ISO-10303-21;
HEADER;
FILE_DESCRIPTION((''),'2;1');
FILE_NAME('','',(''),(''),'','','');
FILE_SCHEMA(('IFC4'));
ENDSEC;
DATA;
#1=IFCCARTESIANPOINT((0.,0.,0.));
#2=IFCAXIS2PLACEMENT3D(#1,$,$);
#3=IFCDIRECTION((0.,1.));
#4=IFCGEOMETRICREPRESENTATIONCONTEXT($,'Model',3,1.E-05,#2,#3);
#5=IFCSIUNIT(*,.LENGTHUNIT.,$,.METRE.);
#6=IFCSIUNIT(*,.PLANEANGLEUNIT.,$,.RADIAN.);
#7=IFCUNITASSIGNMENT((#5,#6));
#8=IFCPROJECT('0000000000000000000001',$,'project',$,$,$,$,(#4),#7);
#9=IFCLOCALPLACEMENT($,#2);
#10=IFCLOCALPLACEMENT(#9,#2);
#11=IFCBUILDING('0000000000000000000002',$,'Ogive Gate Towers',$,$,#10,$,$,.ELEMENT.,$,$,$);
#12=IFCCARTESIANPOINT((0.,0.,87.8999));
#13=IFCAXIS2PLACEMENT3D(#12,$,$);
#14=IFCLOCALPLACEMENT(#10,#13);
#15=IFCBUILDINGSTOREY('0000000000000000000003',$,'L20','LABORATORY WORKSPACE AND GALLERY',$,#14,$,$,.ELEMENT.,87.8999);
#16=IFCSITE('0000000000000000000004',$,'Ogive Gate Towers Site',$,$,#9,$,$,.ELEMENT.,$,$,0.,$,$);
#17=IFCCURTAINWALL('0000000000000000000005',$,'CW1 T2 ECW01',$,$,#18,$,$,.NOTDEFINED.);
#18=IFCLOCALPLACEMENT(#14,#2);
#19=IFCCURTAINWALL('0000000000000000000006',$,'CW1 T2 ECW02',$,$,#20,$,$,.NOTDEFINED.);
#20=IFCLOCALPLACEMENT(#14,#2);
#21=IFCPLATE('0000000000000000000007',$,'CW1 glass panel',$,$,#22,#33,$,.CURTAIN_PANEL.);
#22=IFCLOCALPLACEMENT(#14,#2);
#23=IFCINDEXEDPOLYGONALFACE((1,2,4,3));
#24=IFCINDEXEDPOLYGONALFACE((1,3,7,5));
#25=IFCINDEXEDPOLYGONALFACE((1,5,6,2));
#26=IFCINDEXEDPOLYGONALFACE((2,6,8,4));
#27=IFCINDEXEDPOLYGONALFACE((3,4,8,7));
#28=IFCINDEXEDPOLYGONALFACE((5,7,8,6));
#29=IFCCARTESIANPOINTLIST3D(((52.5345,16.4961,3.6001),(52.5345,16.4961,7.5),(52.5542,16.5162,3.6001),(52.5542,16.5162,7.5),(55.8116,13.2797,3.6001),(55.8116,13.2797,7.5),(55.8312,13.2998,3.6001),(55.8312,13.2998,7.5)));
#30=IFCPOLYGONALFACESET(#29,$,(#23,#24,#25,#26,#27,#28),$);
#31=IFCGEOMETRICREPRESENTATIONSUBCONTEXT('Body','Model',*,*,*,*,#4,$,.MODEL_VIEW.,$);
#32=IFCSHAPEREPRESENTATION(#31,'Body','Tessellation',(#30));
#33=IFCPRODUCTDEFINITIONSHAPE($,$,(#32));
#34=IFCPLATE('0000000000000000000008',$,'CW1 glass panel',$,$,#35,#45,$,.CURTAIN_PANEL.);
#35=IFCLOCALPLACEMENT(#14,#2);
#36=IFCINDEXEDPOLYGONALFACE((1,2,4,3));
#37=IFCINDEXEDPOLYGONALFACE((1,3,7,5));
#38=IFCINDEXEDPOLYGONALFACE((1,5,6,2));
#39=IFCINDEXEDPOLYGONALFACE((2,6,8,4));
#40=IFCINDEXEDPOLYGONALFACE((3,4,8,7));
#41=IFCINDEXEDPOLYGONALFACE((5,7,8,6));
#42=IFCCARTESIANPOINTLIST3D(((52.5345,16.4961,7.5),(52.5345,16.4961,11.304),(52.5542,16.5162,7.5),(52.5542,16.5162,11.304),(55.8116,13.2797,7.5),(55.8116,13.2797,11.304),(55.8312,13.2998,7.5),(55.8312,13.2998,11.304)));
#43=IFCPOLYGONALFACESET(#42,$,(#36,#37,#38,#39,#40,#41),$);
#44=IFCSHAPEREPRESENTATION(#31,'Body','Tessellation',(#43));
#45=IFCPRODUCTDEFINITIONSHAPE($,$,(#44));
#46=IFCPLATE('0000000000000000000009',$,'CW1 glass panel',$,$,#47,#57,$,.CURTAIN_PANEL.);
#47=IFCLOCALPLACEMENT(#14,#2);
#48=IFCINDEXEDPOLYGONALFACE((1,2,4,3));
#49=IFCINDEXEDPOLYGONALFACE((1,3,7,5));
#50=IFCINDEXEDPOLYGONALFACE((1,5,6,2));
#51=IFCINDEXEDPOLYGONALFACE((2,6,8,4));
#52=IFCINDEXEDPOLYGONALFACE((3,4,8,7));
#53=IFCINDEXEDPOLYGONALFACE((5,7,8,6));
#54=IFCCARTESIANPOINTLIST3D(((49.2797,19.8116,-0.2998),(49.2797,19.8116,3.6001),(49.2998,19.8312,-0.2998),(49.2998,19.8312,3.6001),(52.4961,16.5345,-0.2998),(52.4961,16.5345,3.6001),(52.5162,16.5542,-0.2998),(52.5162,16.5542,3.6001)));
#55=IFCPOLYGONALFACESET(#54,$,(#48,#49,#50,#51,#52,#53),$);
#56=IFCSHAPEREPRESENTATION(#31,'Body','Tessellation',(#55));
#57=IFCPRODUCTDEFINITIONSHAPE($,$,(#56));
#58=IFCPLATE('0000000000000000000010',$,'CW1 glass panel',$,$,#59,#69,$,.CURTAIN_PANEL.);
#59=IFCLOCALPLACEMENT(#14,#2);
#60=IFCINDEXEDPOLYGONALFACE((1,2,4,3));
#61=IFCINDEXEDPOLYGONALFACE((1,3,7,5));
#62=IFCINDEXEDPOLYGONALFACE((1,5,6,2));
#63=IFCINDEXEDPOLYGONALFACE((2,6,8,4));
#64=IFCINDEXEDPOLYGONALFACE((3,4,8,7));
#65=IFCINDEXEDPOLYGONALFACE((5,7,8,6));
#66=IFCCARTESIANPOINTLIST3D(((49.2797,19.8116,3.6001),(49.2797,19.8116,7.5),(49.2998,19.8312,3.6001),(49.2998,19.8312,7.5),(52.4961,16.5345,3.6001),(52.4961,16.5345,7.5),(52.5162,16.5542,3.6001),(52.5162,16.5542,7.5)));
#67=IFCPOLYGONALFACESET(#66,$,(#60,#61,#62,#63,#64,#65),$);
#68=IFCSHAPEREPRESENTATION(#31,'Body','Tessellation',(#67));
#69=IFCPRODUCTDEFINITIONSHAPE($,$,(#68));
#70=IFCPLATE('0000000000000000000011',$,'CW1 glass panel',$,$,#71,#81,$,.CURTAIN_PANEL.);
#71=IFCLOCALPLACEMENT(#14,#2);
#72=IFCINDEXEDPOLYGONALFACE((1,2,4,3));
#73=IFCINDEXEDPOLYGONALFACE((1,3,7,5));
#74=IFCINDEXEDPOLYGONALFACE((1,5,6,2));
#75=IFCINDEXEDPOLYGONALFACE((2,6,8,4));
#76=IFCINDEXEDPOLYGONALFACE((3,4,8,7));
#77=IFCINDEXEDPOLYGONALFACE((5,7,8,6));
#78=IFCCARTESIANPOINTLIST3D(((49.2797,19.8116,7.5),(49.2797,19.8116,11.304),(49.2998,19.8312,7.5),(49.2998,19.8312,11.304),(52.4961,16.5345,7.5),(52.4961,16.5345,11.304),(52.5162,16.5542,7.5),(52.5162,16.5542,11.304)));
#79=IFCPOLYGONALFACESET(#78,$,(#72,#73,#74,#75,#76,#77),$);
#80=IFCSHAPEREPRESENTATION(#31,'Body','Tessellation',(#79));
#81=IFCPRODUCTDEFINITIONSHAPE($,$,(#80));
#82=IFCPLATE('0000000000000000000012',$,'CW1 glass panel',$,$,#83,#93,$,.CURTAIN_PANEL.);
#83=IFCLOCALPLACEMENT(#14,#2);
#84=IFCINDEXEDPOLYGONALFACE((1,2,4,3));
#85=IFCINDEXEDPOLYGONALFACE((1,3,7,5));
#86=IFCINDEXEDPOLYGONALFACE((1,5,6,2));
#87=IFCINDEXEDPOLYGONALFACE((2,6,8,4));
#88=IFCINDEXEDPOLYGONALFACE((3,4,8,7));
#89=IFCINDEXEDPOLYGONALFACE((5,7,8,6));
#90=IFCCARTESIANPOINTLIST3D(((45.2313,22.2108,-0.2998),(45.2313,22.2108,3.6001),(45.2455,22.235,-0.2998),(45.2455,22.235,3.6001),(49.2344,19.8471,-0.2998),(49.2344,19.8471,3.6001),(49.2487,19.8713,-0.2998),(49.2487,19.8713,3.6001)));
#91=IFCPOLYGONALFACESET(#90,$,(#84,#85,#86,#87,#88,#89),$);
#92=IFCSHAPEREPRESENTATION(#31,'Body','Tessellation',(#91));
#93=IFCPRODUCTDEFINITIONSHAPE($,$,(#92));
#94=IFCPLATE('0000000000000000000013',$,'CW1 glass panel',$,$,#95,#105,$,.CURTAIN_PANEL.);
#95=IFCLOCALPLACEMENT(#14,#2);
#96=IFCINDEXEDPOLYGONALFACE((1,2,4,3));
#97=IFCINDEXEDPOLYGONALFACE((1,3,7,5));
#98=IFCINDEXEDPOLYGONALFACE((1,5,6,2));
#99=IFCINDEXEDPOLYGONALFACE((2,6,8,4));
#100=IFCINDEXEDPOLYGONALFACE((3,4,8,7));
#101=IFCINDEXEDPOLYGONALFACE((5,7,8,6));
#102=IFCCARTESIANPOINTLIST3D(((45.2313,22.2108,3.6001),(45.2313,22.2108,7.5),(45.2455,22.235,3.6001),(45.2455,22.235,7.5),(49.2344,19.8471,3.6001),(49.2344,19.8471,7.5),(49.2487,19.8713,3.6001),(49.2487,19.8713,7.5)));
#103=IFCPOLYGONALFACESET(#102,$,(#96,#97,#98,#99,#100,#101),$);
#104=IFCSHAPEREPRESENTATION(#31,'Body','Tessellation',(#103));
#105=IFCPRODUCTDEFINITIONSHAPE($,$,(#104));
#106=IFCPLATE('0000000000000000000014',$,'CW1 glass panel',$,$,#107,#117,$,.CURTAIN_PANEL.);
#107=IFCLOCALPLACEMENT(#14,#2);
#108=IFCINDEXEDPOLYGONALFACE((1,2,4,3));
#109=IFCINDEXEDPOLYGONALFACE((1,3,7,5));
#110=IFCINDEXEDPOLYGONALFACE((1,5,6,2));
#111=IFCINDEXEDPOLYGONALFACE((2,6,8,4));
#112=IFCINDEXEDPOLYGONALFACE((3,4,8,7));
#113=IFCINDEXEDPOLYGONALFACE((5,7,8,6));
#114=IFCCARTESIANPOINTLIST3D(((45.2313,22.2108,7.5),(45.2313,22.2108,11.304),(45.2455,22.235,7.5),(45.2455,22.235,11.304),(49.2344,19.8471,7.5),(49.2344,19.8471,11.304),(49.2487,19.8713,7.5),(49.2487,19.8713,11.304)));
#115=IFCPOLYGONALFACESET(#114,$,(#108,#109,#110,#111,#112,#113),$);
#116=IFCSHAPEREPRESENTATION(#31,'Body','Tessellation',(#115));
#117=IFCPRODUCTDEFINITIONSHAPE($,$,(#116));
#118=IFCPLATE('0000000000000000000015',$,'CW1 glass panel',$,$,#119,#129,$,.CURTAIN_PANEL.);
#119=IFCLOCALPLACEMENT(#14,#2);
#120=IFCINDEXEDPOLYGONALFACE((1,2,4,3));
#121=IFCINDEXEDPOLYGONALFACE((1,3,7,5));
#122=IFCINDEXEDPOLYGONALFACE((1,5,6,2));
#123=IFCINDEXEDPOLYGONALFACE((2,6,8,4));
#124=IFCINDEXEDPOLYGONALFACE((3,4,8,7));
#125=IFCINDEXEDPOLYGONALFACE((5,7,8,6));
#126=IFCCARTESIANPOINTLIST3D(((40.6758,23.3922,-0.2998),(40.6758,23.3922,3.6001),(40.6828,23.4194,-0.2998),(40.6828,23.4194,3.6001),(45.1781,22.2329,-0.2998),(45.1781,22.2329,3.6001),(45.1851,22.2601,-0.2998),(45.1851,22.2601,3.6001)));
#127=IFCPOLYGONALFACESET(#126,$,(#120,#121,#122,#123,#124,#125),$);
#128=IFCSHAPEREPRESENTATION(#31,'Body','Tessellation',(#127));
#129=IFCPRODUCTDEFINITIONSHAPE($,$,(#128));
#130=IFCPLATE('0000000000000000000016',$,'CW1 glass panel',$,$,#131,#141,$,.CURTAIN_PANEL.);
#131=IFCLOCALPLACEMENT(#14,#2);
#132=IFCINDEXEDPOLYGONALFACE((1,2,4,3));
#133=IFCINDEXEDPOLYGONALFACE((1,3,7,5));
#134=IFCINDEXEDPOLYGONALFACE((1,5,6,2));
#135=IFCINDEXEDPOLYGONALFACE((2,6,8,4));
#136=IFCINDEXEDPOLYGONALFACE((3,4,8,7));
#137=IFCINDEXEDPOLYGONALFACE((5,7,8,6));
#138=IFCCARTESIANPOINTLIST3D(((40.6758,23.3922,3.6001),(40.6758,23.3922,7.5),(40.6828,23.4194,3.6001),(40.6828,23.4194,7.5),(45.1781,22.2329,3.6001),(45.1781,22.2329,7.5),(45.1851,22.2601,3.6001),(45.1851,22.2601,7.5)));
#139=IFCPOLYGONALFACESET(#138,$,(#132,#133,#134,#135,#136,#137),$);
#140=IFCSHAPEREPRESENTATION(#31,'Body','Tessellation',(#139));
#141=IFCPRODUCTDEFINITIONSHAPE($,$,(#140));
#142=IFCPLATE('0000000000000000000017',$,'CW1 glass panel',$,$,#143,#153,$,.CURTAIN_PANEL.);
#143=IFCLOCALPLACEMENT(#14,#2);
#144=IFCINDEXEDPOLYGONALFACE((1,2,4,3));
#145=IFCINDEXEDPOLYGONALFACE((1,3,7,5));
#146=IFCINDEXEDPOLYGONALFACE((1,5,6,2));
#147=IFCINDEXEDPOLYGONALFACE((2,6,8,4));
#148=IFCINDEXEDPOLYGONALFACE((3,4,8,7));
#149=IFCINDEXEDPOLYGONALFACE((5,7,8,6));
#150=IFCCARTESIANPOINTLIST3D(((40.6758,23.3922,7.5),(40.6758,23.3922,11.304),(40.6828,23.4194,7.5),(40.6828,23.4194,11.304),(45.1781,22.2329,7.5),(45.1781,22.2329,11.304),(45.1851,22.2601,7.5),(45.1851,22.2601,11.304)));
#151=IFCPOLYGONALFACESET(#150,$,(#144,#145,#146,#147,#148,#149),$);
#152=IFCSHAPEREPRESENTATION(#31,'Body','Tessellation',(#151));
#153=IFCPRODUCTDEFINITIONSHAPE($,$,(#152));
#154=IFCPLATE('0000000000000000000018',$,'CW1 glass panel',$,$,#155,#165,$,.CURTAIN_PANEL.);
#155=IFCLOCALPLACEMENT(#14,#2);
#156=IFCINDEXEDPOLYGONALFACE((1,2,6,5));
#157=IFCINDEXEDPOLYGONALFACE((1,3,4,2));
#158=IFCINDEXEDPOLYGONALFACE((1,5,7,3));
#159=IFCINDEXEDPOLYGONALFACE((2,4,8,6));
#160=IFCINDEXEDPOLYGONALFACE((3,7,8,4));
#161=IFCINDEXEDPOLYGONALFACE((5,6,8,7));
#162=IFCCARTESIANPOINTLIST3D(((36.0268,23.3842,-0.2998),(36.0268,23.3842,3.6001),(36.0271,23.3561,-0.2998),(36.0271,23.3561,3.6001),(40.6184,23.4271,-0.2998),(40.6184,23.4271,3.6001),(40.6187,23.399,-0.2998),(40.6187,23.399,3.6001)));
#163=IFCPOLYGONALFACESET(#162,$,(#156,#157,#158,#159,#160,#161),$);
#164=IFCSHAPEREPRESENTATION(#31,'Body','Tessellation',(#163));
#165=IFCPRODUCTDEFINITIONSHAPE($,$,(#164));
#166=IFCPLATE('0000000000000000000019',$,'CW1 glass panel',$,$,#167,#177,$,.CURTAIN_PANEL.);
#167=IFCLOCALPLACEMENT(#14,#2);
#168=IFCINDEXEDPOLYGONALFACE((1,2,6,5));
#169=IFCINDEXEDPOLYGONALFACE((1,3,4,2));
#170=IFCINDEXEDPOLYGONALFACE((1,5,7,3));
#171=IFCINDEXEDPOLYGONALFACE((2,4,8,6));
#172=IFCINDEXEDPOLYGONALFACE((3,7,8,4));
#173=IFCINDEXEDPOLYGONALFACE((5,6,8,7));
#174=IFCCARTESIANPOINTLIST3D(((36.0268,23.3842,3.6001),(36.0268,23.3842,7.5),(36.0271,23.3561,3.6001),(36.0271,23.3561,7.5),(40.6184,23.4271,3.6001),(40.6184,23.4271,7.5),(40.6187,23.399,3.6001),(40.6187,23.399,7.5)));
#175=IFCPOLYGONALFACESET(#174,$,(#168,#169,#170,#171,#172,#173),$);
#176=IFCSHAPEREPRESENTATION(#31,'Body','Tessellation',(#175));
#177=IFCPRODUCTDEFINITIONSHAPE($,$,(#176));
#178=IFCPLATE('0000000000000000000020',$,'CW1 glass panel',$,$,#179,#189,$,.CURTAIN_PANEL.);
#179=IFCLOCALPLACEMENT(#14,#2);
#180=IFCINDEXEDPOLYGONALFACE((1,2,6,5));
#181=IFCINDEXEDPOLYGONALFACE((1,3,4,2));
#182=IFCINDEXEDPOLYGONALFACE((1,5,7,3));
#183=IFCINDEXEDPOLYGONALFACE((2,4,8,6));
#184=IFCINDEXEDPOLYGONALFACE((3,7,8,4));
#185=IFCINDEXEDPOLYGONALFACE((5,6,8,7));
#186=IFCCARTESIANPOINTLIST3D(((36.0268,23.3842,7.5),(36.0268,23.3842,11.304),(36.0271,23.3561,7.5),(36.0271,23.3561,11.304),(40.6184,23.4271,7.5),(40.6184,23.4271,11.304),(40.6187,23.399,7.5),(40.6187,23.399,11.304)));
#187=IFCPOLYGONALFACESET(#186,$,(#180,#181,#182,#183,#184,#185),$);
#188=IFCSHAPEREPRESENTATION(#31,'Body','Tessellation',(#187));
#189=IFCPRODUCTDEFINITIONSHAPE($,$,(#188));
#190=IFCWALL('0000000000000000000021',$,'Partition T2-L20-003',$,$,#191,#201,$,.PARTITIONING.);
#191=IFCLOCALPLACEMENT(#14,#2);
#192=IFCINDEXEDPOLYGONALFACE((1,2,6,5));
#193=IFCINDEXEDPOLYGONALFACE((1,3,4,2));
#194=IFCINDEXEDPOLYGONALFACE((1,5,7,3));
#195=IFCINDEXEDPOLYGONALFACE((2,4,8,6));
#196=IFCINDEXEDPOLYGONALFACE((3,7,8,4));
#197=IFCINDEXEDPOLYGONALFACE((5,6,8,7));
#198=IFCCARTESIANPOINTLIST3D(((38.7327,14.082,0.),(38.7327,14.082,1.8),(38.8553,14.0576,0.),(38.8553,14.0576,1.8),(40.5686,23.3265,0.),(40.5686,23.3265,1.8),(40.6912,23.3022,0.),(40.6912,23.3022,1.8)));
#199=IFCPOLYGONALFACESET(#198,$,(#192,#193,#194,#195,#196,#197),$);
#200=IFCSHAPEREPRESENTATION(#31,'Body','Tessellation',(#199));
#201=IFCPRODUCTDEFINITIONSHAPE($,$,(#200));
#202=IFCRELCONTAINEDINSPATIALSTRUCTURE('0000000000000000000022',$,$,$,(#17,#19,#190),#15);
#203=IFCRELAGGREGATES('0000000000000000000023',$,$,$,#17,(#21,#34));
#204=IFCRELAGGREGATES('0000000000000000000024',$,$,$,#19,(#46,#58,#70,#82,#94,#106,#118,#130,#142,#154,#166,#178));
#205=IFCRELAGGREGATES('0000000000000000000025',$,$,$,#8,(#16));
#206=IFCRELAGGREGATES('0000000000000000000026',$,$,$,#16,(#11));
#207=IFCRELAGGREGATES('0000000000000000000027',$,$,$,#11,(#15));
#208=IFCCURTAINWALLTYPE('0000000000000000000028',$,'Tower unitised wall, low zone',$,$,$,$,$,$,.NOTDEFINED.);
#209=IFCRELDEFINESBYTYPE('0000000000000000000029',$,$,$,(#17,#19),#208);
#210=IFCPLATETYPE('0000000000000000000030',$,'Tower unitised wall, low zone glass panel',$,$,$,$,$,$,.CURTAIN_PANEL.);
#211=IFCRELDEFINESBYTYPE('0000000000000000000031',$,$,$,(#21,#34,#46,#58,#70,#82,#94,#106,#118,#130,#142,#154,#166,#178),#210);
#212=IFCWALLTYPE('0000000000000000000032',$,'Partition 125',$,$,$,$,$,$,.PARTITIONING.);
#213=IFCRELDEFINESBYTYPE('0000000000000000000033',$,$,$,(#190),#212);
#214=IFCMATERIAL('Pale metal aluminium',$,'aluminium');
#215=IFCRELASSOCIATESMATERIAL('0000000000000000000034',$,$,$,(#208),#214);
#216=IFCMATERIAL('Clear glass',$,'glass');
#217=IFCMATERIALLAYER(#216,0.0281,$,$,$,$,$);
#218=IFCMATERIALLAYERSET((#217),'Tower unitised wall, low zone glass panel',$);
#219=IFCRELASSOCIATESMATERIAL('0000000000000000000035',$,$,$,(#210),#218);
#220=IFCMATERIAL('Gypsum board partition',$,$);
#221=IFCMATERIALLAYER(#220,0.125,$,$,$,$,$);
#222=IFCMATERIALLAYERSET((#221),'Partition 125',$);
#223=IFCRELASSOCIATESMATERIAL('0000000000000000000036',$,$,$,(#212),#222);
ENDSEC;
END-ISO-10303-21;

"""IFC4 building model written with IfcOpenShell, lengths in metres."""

from ifc_helpers import new_model, si_unit, direction, frame, frame_2d, origin, origin_2d, place, context, subcontext, project, spatial, rectangle, extrude, material, layer, layer_set, type_object, element, aggregate, save


model = new_model("IFC4")

# Units and contexts
model_context = context("Model", 3, precision=1e-05, world=origin(), true_north=direction((0.0, 1.0)))
body_context = subcontext(model_context, "Body", "Model", "MODEL_VIEW")
ifc_project = project(units=[si_unit("LENGTHUNIT", "METRE"), si_unit("PLANEANGLEUNIT", "RADIAN")], contexts=[model_context])

# Site, building, storey
site_placement = place(None, origin())
site = spatial("IfcSite", under=ifc_project, at=site_placement, Name="Ogive Gate Towers Site", CompositionType="ELEMENT", RefElevation=0.0)
building_placement = place(site_placement, origin())
building = spatial("IfcBuilding", under=site, at=building_placement, Name="Ogive Gate Towers", CompositionType="ELEMENT")
storey_placement = place(building_placement, frame((0.0, 0.0, 87.8999)))
storey = spatial("IfcBuildingStorey", under=building, at=storey_placement, Name="L20", Description="LABORATORY WORKSPACE AND GALLERY", CompositionType="ELEMENT", Elevation=87.8999)

# Curtain wall
ifc_material_1 = material(Name="Pale metal aluminium", Category="aluminium")
curtain_wall_type = type_object("IfcCurtainWallType", Name="Tower unitised wall, low zone", PredefinedType="NOTDEFINED", material=ifc_material_1)
curtain_wall_1_placement = place(storey_placement, origin())
curtain_wall_1 = element("IfcCurtainWall", 1, at=curtain_wall_1_placement, inside=storey, type_object=curtain_wall_type, Name="CW1 T2 ECW01", PredefinedType="NOTDEFINED")

# Curtain wall
curtain_wall_2_placement = place(storey_placement, origin())
curtain_wall_2 = element("IfcCurtainWall", 2, at=curtain_wall_2_placement, inside=storey, type_object=curtain_wall_type, Name="CW1 T2 ECW02", PredefinedType="NOTDEFINED")

# Plates
ifc_material_2 = material(Name="Clear glass", Category="glass")
ifc_layer_1 = layer(ifc_material_2, 0.0281)
ifc_layer_set_1 = layer_set([ifc_layer_1], Name="Tower unitised wall, low zone glass panel")
plate_type = type_object("IfcPlateType", Name="Tower unitised wall, low zone glass panel", PredefinedType="CURTAIN_PANEL", material=ifc_layer_set_1)
plate_1_placement = place(storey_placement, frame((54.1829, 14.8979, 3.6001), z_axis=(0.0, 0.0, 1.0), x_axis=(-0.713678, 0.700473, 0.0)))
plate_1 = element("IfcPlate", 3, at=plate_1_placement, type_object=plate_type, Name="CW1 glass panel", PredefinedType="CURTAIN_PANEL", context=body_context, shape_type="SweptSolid", body=[
    extrude(rectangle(XDim=4.5918, YDim=0.0281, at=origin_2d()), origin(), (0.0, 0.0, 1.0), 3.8999),
])
plate_2_placement = place(storey_placement, frame((54.1829, 14.8979, 7.5), z_axis=(0.0, 0.0, 1.0), x_axis=(-0.713678, 0.700473, 0.0)))
plate_2 = element("IfcPlate", 4, at=plate_2_placement, type_object=plate_type, Name="CW1 glass panel", PredefinedType="CURTAIN_PANEL", context=body_context, shape_type="SweptSolid", body=[
    extrude(rectangle(XDim=4.5918, YDim=0.0281, at=origin_2d()), origin(), (0.0, 0.0, 1.0), 3.804),
])
aggregate(curtain_wall_1, [plate_1, plate_2])
plate_3_placement = place(storey_placement, frame((50.8979, 18.1829, -0.2998), z_axis=(0.0, 0.0, 1.0), x_axis=(-0.700473, 0.713678, 0.0)))
plate_3 = element("IfcPlate", 5, at=plate_3_placement, type_object=plate_type, Name="CW1 glass panel", PredefinedType="CURTAIN_PANEL", context=body_context, shape_type="SweptSolid", body=[
    extrude(rectangle(XDim=4.5918, YDim=0.0281, at=origin_2d()), origin(), (0.0, 0.0, 1.0), 3.8999),
])
plate_4_placement = place(storey_placement, frame((50.8979, 18.1829, 3.6001), z_axis=(0.0, 0.0, 1.0), x_axis=(-0.700473, 0.713678, 0.0)))
plate_4 = element("IfcPlate", 6, at=plate_4_placement, type_object=plate_type, Name="CW1 glass panel", PredefinedType="CURTAIN_PANEL", context=body_context, shape_type="SweptSolid", body=[
    extrude(rectangle(XDim=4.5918, YDim=0.0281, at=origin_2d()), origin(), (0.0, 0.0, 1.0), 3.8999),
])
plate_5_placement = place(storey_placement, frame((50.8979, 18.1829, 7.5), z_axis=(0.0, 0.0, 1.0), x_axis=(-0.700473, 0.713678, 0.0)))
plate_5 = element("IfcPlate", 7, at=plate_5_placement, type_object=plate_type, Name="CW1 glass panel", PredefinedType="CURTAIN_PANEL", context=body_context, shape_type="SweptSolid", body=[
    extrude(rectangle(XDim=4.5918, YDim=0.0281, at=origin_2d()), origin(), (0.0, 0.0, 1.0), 3.804),
])
plate_6_placement = place(storey_placement, frame((47.24, 21.041, -0.2998), z_axis=(0.0, 0.0, 1.0), x_axis=(-0.861097, 0.50844, 0.0)))
plate_6 = element("IfcPlate", 8, at=plate_6_placement, type_object=plate_type, Name="CW1 glass panel", PredefinedType="CURTAIN_PANEL", context=body_context, shape_type="SweptSolid", body=[
    extrude(rectangle(XDim=4.6489, YDim=0.0281, at=origin_2d()), origin(), (0.0, 0.0, 1.0), 3.8999),
])
plate_7_placement = place(storey_placement, frame((47.24, 21.041, 3.6001), z_axis=(0.0, 0.0, 1.0), x_axis=(-0.861097, 0.50844, 0.0)))
plate_7 = element("IfcPlate", 9, at=plate_7_placement, type_object=plate_type, Name="CW1 glass panel", PredefinedType="CURTAIN_PANEL", context=body_context, shape_type="SweptSolid", body=[
    extrude(rectangle(XDim=4.6489, YDim=0.0281, at=origin_2d()), origin(), (0.0, 0.0, 1.0), 3.8999),
])
plate_8_placement = place(storey_placement, frame((47.24, 21.041, 7.5), z_axis=(0.0, 0.0, 1.0), x_axis=(-0.861097, 0.50844, 0.0)))
plate_8 = element("IfcPlate", 10, at=plate_8_placement, type_object=plate_type, Name="CW1 glass panel", PredefinedType="CURTAIN_PANEL", context=body_context, shape_type="SweptSolid", body=[
    extrude(rectangle(XDim=4.6489, YDim=0.0281, at=origin_2d()), origin(), (0.0, 0.0, 1.0), 3.804),
])
plate_9_placement = place(storey_placement, frame((42.9304, 22.8262, -0.2998), z_axis=(0.0, 0.0, 1.0), x_axis=(-0.968414, 0.249349, 0.0)))
plate_9 = element("IfcPlate", 11, at=plate_9_placement, type_object=plate_type, Name="CW1 glass panel", PredefinedType="CURTAIN_PANEL", context=body_context, shape_type="SweptSolid", body=[
    extrude(rectangle(XDim=4.6492, YDim=0.0281, at=origin_2d()), origin(), (0.0, 0.0, 1.0), 3.8999),
])
plate_10_placement = place(storey_placement, frame((42.9304, 22.8262, 3.6001), z_axis=(0.0, 0.0, 1.0), x_axis=(-0.968414, 0.249349, 0.0)))
plate_10 = element("IfcPlate", 12, at=plate_10_placement, type_object=plate_type, Name="CW1 glass panel", PredefinedType="CURTAIN_PANEL", context=body_context, shape_type="SweptSolid", body=[
    extrude(rectangle(XDim=4.6492, YDim=0.0281, at=origin_2d()), origin(), (0.0, 0.0, 1.0), 3.8999),
])
plate_11_placement = place(storey_placement, frame((42.9304, 22.8262, 7.5), z_axis=(0.0, 0.0, 1.0), x_axis=(-0.968414, 0.249349, 0.0)))
plate_11 = element("IfcPlate", 13, at=plate_11_placement, type_object=plate_type, Name="CW1 glass panel", PredefinedType="CURTAIN_PANEL", context=body_context, shape_type="SweptSolid", body=[
    extrude(rectangle(XDim=4.6492, YDim=0.0281, at=origin_2d()), origin(), (0.0, 0.0, 1.0), 3.804),
])
plate_12_placement = place(storey_placement, frame((38.3228, 23.3916, -0.2998), z_axis=(0.0, 0.0, 1.0), x_axis=(-0.999956, -0.009337, 0.0)))
plate_12 = element("IfcPlate", 14, at=plate_12_placement, type_object=plate_type, Name="CW1 glass panel", PredefinedType="CURTAIN_PANEL", context=body_context, shape_type="SweptSolid", body=[
    extrude(rectangle(XDim=4.5918, YDim=0.0281, at=origin_2d()), origin(), (0.0, 0.0, 1.0), 3.8999),
])
plate_13_placement = place(storey_placement, frame((38.3228, 23.3916, 3.6001), z_axis=(0.0, 0.0, 1.0), x_axis=(-0.999956, -0.009337, 0.0)))
plate_13 = element("IfcPlate", 15, at=plate_13_placement, type_object=plate_type, Name="CW1 glass panel", PredefinedType="CURTAIN_PANEL", context=body_context, shape_type="SweptSolid", body=[
    extrude(rectangle(XDim=4.5918, YDim=0.0281, at=origin_2d()), origin(), (0.0, 0.0, 1.0), 3.8999),
])
plate_14_placement = place(storey_placement, frame((38.3228, 23.3916, 7.5), z_axis=(0.0, 0.0, 1.0), x_axis=(-0.999956, -0.009337, 0.0)))
plate_14 = element("IfcPlate", 16, at=plate_14_placement, type_object=plate_type, Name="CW1 glass panel", PredefinedType="CURTAIN_PANEL", context=body_context, shape_type="SweptSolid", body=[
    extrude(rectangle(XDim=4.5918, YDim=0.0281, at=origin_2d()), origin(), (0.0, 0.0, 1.0), 3.804),
])
aggregate(curtain_wall_2, [plate_3, plate_4, plate_5, plate_6, plate_7, plate_8, plate_9, plate_10, plate_11, plate_12, plate_13, plate_14])

# Wall
ifc_material_3 = material(Name="Gypsum board partition")
ifc_layer_2 = layer(ifc_material_3, 0.125)
ifc_layer_set_2 = layer_set([ifc_layer_2], Name="Partition 125")
wall_type = type_object("IfcWallType", Name="Partition 125", PredefinedType="PARTITIONING", material=ifc_layer_set_2)
wall_1_placement = place(storey_placement, frame((40.6299, 23.3142, 0.0), z_axis=(0.0, 0.0, 1.0), x_axis=(-0.194791, -0.980845, 0.0)))
element("IfcWall", 17, at=wall_1_placement, inside=storey, type_object=wall_type, Name="Partition T2-L20-003", PredefinedType="PARTITIONING", context=body_context, shape_type="SweptSolid", body=[
    extrude(rectangle(XDim=9.425, YDim=0.125, at=frame_2d((4.7124, 0.0))), origin(), (0.0, 0.0, 1.0), 1.8),
])

save(model, "model.ifc")
